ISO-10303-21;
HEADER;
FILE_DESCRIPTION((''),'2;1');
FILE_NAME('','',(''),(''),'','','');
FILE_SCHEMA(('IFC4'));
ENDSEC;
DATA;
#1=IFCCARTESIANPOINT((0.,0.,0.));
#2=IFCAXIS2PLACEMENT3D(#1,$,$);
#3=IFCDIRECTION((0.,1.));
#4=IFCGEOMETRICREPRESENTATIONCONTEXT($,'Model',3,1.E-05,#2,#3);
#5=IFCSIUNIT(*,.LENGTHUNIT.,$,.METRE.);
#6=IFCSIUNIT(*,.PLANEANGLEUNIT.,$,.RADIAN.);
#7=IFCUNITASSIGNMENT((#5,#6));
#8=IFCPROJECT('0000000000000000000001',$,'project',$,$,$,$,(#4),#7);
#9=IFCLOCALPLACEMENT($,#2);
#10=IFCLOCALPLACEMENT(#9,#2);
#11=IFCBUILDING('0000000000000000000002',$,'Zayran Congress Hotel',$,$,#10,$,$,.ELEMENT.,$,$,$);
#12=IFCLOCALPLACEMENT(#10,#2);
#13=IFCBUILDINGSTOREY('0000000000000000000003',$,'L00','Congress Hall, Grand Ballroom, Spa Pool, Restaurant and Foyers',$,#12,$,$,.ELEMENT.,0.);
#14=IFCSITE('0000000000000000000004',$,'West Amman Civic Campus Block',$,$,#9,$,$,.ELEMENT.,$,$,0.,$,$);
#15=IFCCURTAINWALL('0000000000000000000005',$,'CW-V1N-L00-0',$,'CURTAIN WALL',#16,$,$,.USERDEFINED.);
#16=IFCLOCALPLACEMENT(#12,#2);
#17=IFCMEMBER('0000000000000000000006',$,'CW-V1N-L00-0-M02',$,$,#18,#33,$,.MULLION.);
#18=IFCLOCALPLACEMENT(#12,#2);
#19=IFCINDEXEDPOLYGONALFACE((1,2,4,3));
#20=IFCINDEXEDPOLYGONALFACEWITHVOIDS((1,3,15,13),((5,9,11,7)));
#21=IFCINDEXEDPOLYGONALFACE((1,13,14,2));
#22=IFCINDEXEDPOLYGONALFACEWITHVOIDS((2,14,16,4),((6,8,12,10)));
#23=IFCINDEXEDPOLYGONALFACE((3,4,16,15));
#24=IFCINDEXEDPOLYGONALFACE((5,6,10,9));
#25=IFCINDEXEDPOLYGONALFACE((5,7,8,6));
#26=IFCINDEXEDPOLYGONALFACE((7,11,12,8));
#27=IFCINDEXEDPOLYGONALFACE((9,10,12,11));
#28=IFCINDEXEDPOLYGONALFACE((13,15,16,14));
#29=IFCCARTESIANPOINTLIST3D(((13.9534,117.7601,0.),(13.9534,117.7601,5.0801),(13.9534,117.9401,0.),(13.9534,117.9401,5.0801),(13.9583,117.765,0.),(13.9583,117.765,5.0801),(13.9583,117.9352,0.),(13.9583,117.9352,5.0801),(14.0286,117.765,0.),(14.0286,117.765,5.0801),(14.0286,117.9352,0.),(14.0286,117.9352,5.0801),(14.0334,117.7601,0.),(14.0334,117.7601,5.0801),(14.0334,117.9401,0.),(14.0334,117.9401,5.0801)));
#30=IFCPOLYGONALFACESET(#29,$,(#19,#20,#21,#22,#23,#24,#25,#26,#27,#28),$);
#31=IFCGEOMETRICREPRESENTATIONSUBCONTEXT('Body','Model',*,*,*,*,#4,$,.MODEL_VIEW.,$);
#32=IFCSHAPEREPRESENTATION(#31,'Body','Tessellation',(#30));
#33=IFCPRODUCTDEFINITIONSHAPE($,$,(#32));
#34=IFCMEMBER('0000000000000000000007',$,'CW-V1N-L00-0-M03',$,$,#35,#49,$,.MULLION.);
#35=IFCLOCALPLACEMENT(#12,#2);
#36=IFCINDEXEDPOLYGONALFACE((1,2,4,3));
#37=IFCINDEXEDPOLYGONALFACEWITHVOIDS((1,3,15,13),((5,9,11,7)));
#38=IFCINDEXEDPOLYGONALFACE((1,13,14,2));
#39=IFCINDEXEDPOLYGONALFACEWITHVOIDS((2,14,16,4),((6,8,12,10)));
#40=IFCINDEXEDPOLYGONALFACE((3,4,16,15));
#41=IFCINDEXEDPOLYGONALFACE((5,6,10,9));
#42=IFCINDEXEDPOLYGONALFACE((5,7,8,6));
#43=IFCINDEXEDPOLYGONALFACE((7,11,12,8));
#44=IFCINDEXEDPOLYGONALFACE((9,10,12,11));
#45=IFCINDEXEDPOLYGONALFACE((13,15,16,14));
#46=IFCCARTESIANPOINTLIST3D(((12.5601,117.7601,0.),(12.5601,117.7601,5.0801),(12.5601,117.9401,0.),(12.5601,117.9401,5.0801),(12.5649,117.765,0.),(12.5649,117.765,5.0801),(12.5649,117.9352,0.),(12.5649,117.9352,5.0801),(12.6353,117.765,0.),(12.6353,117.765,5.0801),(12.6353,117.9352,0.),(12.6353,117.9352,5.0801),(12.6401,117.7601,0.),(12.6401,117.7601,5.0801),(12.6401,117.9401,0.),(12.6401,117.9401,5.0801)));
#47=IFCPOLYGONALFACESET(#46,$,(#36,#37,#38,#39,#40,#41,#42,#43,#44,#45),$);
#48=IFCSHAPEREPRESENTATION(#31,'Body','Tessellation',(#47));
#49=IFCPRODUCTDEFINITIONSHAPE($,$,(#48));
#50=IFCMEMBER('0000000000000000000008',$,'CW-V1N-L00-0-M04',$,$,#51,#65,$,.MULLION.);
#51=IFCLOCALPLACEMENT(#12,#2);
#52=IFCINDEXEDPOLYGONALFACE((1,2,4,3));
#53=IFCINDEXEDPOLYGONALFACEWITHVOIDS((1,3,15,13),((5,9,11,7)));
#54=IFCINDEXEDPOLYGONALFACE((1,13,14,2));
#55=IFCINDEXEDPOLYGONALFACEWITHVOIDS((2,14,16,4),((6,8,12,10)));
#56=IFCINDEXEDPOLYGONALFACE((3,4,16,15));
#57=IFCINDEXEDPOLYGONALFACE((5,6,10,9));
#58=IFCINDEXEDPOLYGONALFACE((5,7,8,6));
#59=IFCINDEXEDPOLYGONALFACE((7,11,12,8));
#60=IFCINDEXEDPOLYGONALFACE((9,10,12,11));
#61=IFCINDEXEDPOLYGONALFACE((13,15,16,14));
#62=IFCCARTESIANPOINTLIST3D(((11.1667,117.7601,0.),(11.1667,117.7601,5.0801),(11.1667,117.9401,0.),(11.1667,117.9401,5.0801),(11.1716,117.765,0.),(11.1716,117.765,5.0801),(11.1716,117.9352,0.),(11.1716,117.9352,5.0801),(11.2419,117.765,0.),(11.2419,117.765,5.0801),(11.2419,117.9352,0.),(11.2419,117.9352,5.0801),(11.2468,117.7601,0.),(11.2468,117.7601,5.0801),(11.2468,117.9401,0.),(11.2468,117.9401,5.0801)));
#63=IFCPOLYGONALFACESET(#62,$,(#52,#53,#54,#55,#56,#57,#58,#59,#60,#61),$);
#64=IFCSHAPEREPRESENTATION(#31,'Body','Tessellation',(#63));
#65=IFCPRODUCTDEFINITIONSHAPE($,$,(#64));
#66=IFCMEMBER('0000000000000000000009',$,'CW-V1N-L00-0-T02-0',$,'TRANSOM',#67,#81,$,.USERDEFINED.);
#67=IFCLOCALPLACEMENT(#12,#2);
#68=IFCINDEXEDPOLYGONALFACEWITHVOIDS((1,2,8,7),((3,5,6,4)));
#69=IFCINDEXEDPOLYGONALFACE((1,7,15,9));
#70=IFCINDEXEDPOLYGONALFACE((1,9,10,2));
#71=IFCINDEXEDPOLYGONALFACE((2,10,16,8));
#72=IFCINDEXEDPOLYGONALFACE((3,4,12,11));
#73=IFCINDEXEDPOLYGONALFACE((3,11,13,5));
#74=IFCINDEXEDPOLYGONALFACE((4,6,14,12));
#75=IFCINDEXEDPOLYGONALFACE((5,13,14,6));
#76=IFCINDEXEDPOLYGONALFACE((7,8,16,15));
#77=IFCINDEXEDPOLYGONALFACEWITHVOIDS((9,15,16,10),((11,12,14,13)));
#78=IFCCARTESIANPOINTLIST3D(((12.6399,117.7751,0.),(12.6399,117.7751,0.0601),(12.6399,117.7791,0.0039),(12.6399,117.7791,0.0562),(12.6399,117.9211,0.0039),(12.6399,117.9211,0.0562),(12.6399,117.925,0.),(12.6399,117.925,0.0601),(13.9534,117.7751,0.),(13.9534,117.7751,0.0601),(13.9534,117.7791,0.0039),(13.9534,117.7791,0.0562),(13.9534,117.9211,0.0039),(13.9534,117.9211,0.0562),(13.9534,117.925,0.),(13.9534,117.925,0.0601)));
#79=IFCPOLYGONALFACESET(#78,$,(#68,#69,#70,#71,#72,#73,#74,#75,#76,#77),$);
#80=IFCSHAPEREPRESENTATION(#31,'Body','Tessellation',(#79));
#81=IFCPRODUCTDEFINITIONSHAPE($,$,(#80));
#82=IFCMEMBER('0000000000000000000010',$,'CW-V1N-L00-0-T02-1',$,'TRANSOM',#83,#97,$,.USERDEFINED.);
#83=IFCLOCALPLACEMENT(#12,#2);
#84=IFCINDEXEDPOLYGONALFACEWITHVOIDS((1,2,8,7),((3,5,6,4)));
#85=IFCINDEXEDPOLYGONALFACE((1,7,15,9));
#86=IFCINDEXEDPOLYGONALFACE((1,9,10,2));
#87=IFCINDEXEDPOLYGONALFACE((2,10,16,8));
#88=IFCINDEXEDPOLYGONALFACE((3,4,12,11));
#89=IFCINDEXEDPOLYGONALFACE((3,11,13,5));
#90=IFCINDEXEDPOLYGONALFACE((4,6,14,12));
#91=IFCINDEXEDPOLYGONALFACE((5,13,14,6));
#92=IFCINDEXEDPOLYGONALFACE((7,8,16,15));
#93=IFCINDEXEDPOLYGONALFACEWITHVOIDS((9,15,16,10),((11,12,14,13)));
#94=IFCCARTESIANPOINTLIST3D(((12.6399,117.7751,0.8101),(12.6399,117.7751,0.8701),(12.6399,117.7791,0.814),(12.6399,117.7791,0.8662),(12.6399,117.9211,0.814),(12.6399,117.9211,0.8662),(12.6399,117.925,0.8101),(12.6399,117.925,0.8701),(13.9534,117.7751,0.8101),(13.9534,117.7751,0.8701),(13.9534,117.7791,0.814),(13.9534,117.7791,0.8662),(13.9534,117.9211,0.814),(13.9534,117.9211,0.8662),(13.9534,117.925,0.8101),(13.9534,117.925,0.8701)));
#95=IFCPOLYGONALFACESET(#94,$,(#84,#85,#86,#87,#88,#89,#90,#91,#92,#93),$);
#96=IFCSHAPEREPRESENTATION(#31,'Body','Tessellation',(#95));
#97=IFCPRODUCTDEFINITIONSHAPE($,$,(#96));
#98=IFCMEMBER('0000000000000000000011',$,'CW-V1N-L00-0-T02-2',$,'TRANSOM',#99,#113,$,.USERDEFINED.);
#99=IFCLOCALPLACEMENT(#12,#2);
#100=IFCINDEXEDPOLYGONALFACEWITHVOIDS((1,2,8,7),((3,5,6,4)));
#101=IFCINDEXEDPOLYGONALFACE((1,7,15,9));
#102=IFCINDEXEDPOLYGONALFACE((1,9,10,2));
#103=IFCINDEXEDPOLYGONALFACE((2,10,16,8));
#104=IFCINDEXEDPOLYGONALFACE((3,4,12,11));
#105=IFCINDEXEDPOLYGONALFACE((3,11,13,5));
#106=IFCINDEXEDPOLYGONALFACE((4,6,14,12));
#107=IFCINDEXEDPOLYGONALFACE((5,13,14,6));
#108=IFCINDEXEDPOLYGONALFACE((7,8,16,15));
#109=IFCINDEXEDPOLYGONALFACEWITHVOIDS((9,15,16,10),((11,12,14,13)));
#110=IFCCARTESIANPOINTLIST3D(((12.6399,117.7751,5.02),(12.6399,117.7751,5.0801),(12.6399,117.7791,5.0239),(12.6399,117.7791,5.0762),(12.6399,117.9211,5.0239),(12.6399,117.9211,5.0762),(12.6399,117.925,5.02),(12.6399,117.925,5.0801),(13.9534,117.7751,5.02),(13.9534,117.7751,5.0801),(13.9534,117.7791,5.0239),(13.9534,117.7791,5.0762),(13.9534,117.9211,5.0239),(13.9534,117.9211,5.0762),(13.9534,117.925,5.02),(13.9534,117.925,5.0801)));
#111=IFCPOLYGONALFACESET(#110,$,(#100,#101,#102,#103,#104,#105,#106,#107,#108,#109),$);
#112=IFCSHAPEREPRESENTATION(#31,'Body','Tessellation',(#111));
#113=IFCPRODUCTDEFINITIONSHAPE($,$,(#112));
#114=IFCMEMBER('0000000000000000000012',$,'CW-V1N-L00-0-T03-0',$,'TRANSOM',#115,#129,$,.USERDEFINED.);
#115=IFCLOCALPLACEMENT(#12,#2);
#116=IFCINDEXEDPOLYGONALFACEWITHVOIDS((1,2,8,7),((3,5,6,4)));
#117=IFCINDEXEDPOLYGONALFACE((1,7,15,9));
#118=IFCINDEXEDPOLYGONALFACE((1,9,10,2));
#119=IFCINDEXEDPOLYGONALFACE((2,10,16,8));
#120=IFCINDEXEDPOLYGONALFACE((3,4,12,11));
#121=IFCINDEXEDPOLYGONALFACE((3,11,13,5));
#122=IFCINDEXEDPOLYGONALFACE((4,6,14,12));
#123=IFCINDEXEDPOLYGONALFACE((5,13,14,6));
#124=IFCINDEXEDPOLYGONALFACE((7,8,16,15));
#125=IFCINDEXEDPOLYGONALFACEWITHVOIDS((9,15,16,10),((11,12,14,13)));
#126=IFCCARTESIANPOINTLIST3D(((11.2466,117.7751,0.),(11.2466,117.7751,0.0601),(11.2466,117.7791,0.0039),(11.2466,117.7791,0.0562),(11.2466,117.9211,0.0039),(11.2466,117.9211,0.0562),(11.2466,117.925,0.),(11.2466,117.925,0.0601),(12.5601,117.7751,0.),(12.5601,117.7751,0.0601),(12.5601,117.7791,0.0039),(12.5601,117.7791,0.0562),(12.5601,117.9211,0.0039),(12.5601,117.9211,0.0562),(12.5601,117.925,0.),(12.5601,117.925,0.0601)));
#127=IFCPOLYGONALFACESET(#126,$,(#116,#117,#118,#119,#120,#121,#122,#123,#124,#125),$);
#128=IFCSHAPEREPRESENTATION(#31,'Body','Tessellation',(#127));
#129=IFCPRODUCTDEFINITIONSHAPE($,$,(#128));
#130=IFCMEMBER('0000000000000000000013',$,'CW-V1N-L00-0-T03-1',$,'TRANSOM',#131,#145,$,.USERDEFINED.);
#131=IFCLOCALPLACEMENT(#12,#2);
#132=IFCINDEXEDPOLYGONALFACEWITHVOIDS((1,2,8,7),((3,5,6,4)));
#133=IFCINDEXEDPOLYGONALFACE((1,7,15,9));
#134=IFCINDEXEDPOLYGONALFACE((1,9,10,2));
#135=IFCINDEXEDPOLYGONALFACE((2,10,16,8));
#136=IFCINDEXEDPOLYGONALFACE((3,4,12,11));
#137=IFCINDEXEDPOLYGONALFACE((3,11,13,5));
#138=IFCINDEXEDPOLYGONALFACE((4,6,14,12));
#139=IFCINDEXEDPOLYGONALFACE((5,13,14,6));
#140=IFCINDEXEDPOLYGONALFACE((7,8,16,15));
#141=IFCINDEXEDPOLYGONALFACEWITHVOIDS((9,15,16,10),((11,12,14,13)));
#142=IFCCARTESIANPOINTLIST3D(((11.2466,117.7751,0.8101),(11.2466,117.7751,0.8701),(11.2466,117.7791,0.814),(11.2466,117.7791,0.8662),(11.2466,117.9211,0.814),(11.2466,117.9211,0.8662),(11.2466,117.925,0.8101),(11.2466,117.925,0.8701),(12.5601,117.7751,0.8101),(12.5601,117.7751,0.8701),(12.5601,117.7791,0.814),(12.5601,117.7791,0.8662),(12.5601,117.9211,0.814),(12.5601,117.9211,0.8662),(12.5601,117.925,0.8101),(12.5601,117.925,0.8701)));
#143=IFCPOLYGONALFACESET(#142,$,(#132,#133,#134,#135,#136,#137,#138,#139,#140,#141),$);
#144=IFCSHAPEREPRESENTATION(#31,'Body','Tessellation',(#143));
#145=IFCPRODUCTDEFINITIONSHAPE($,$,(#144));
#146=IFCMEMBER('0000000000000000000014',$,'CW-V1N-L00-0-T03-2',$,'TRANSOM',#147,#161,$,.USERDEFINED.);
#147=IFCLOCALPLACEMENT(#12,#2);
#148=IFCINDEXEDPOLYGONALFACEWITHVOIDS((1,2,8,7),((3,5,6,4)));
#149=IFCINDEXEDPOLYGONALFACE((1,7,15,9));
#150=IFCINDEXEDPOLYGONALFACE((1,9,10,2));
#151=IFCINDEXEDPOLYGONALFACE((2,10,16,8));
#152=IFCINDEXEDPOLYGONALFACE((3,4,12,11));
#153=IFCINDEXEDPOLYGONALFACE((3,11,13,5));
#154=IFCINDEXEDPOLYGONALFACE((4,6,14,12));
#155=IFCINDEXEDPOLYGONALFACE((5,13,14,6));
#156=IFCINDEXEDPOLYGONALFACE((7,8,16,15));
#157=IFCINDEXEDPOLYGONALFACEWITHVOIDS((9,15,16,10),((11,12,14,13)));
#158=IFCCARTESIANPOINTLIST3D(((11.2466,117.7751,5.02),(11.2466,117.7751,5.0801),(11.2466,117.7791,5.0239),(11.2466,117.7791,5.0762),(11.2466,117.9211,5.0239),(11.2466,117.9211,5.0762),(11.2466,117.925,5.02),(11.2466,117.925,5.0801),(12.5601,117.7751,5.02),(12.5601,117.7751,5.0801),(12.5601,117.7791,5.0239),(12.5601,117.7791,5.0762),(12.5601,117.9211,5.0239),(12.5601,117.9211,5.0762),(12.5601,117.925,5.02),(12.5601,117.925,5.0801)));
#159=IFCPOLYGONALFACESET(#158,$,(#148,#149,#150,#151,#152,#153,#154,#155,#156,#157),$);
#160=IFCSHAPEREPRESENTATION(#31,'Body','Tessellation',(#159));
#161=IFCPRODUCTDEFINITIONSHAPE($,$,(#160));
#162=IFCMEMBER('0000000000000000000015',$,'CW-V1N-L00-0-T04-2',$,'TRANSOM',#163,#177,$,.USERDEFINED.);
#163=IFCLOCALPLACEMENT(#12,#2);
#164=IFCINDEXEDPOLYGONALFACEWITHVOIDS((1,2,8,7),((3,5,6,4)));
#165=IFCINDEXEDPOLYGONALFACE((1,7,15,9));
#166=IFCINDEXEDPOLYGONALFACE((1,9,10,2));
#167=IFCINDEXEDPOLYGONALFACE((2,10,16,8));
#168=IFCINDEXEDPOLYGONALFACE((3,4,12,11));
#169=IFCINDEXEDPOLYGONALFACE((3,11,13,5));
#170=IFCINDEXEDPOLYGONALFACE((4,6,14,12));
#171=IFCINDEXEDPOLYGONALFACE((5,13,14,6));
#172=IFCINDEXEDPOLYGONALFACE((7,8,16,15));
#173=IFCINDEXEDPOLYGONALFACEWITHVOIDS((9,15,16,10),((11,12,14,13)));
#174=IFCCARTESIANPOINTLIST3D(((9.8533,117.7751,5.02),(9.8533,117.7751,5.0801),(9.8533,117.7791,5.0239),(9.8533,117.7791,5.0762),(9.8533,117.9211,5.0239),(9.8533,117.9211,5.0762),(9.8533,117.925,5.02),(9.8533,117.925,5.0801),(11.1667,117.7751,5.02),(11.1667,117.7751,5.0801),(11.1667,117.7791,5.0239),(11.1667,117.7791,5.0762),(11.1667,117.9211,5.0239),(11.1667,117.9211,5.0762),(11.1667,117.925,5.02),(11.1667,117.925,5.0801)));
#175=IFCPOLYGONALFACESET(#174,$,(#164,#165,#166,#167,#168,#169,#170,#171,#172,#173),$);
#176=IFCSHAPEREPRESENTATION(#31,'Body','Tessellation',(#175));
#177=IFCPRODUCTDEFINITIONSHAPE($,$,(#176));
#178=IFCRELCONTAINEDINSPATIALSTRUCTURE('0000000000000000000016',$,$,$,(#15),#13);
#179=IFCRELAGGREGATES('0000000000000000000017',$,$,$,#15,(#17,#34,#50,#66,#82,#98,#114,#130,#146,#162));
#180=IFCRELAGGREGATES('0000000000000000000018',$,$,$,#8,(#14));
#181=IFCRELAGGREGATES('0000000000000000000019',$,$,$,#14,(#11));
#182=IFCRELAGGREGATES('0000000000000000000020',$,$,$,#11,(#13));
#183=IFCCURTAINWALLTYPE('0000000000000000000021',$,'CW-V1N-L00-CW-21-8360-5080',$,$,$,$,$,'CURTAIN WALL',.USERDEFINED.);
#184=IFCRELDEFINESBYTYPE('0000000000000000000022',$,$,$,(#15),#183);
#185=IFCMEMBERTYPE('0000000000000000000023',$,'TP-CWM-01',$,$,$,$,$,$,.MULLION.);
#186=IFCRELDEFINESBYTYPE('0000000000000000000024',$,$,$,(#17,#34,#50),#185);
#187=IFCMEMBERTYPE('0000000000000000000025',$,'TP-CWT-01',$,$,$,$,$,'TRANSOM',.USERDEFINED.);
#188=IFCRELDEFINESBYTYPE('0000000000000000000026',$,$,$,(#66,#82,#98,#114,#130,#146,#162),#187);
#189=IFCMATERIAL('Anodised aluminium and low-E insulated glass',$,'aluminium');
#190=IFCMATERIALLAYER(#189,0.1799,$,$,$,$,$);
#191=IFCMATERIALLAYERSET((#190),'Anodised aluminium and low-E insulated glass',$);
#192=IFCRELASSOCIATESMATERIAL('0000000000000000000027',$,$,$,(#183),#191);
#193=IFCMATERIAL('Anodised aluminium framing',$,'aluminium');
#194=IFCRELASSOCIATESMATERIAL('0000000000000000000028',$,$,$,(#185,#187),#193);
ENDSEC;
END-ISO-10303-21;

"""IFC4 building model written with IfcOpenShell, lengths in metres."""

from ifc_helpers import new_model, si_unit, direction, frame, origin, origin_2d, place, context, subcontext, project, spatial, hollow_rectangle, extrude, material, layer, layer_set, material_profile, profile_set, type_object, element, aggregate, save


model = new_model("IFC4")

# Units and contexts
model_context = context("Model", 3, precision=1e-05, world=origin(), true_north=direction((0.0, 1.0)))
body_context = subcontext(model_context, "Body", "Model", "MODEL_VIEW")
ifc_project = project(units=[si_unit("LENGTHUNIT", "METRE"), si_unit("PLANEANGLEUNIT", "RADIAN")], contexts=[model_context])

# Site, building, storey
site_placement = place(None, origin())
site = spatial("IfcSite", under=ifc_project, at=site_placement, Name="West Amman Civic Campus Block", CompositionType="ELEMENT", RefElevation=0.0)
building_placement = place(site_placement, origin())
building = spatial("IfcBuilding", under=site, at=building_placement, Name="Zayran Congress Hotel", CompositionType="ELEMENT")
storey_placement = place(building_placement, origin())
storey = spatial("IfcBuildingStorey", under=building, at=storey_placement, Name="L00", Description="Congress Hall, Grand Ballroom, Spa Pool, Restaurant and Foyers", CompositionType="ELEMENT", Elevation=0.0)

# Curtain wall, members
ifc_material_1 = material(Name="Anodised aluminium and low-E insulated glass", Category="aluminium")
ifc_layer_1 = layer(ifc_material_1, 0.1799)
ifc_layer_set_1 = layer_set([ifc_layer_1], Name="Anodised aluminium and low-E insulated glass")
curtain_wall_type = type_object("IfcCurtainWallType", Name="CW-V1N-L00-CW-21-8360-5080", ElementType="CURTAIN WALL", PredefinedType="USERDEFINED", material=ifc_layer_set_1)
curtain_wall_placement = place(storey_placement, origin())
curtain_wall = element("IfcCurtainWall", 1, at=curtain_wall_placement, inside=storey, type_object=curtain_wall_type, Name="CW-V1N-L00-0", ObjectType="CURTAIN WALL", PredefinedType="USERDEFINED")
ifc_material_2 = material(Name="Anodised aluminium framing", Category="aluminium")
ifc_material_profile_1 = material_profile(ifc_material_2, hollow_rectangle(XDim=0.0801, YDim=0.1799, WallThickness=0.0049, at=origin_2d()), Name="RHS 180x80x5")
ifc_profile_set_1 = profile_set([ifc_material_profile_1], Name="Anodised aluminium framing")
member_type_1 = type_object("IfcMemberType", Name="TP-CWM-01", PredefinedType="MULLION", material=ifc_profile_set_1)
member_1_placement = place(storey_placement, frame((13.9934, 117.8501, 0.0), z_axis=(0.0, 0.0, 1.0), x_axis=(1.0, 0.0, 0.0)))
member_1 = element("IfcMember", 2, at=member_1_placement, type_object=member_type_1, Name="CW-V1N-L00-0-M02", PredefinedType="MULLION", context=body_context, shape_type="SweptSolid", body=[
    extrude(hollow_rectangle(XDim=0.0801, YDim=0.1799, WallThickness=0.0049, at=origin_2d()), origin(), (0.0, 0.0, 1.0), 5.0801),
])
member_2_placement = place(storey_placement, frame((12.6001, 117.8501, 0.0), z_axis=(0.0, 0.0, 1.0), x_axis=(1.0, 0.0, 0.0)))
member_2 = element("IfcMember", 3, at=member_2_placement, type_object=member_type_1, Name="CW-V1N-L00-0-M03", PredefinedType="MULLION", context=body_context, shape_type="SweptSolid", body=[
    extrude(hollow_rectangle(XDim=0.0801, YDim=0.1799, WallThickness=0.0049, at=origin_2d()), origin(), (0.0, 0.0, 1.0), 5.0801),
])
member_3_placement = place(storey_placement, frame((11.2068, 117.8501, 0.0), z_axis=(0.0, 0.0, 1.0), x_axis=(1.0, 0.0, 0.0)))
member_3 = element("IfcMember", 4, at=member_3_placement, type_object=member_type_1, Name="CW-V1N-L00-0-M04", PredefinedType="MULLION", context=body_context, shape_type="SweptSolid", body=[
    extrude(hollow_rectangle(XDim=0.0801, YDim=0.1799, WallThickness=0.0049, at=origin_2d()), origin(), (0.0, 0.0, 1.0), 5.0801),
])
ifc_material_profile_2 = material_profile(ifc_material_2, hollow_rectangle(XDim=0.0601, YDim=0.1499, WallThickness=0.0039, at=origin_2d()), Name="RHS 150x60x4")
ifc_profile_set_2 = profile_set([ifc_material_profile_2], Name="Anodised aluminium framing")
member_type_2 = type_object("IfcMemberType", Name="TP-CWT-01", ElementType="TRANSOM", PredefinedType="USERDEFINED", material=ifc_profile_set_2)
member_4_placement = place(storey_placement, frame((13.9534, 117.8501, 0.03), z_axis=(-1.0, 0.0, 0.0), x_axis=(0.0, 0.0, 1.0)))
member_4 = element("IfcMember", 5, at=member_4_placement, type_object=member_type_2, Name="CW-V1N-L00-0-T02-0", ObjectType="TRANSOM", PredefinedType="USERDEFINED", context=body_context, shape_type="SweptSolid", body=[
    extrude(hollow_rectangle(XDim=0.0601, YDim=0.1499, WallThickness=0.0039, at=origin_2d()), origin(), (0.0, 0.0, 1.0), 1.3135),
])
member_5_placement = place(storey_placement, frame((13.9534, 117.8501, 0.8401), z_axis=(-1.0, 0.0, 0.0), x_axis=(0.0, 0.0, 1.0)))
member_5 = element("IfcMember", 6, at=member_5_placement, type_object=member_type_2, Name="CW-V1N-L00-0-T02-1", ObjectType="TRANSOM", PredefinedType="USERDEFINED", context=body_context, shape_type="SweptSolid", body=[
    extrude(hollow_rectangle(XDim=0.0601, YDim=0.1499, WallThickness=0.0039, at=origin_2d()), origin(), (0.0, 0.0, 1.0), 1.3135),
])
member_6_placement = place(storey_placement, frame((13.9534, 117.8501, 5.05), z_axis=(-1.0, 0.0, 0.0), x_axis=(0.0, 0.0, 1.0)))
member_6 = element("IfcMember", 7, at=member_6_placement, type_object=member_type_2, Name="CW-V1N-L00-0-T02-2", ObjectType="TRANSOM", PredefinedType="USERDEFINED", context=body_context, shape_type="SweptSolid", body=[
    extrude(hollow_rectangle(XDim=0.0601, YDim=0.1499, WallThickness=0.0039, at=origin_2d()), origin(), (0.0, 0.0, 1.0), 1.3135),
])
member_7_placement = place(storey_placement, frame((12.5601, 117.8501, 0.03), z_axis=(-1.0, 0.0, 0.0), x_axis=(0.0, 0.0, 1.0)))
member_7 = element("IfcMember", 8, at=member_7_placement, type_object=member_type_2, Name="CW-V1N-L00-0-T03-0", ObjectType="TRANSOM", PredefinedType="USERDEFINED", context=body_context, shape_type="SweptSolid", body=[
    extrude(hollow_rectangle(XDim=0.0601, YDim=0.1499, WallThickness=0.0039, at=origin_2d()), origin(), (0.0, 0.0, 1.0), 1.3135),
])
member_8_placement = place(storey_placement, frame((12.5601, 117.8501, 0.8401), z_axis=(-1.0, 0.0, 0.0), x_axis=(0.0, 0.0, 1.0)))
member_8 = element("IfcMember", 9, at=member_8_placement, type_object=member_type_2, Name="CW-V1N-L00-0-T03-1", ObjectType="TRANSOM", PredefinedType="USERDEFINED", context=body_context, shape_type="SweptSolid", body=[
    extrude(hollow_rectangle(XDim=0.0601, YDim=0.1499, WallThickness=0.0039, at=origin_2d()), origin(), (0.0, 0.0, 1.0), 1.3135),
])
member_9_placement = place(storey_placement, frame((12.5601, 117.8501, 5.05), z_axis=(-1.0, 0.0, 0.0), x_axis=(0.0, 0.0, 1.0)))
member_9 = element("IfcMember", 10, at=member_9_placement, type_object=member_type_2, Name="CW-V1N-L00-0-T03-2", ObjectType="TRANSOM", PredefinedType="USERDEFINED", context=body_context, shape_type="SweptSolid", body=[
    extrude(hollow_rectangle(XDim=0.0601, YDim=0.1499, WallThickness=0.0039, at=origin_2d()), origin(), (0.0, 0.0, 1.0), 1.3135),
])
member_10_placement = place(storey_placement, frame((11.1667, 117.8501, 5.05), z_axis=(-1.0, 0.0, 0.0), x_axis=(0.0, 0.0, 1.0)))
member_10 = element("IfcMember", 11, at=member_10_placement, type_object=member_type_2, Name="CW-V1N-L00-0-T04-2", ObjectType="TRANSOM", PredefinedType="USERDEFINED", context=body_context, shape_type="SweptSolid", body=[
    extrude(hollow_rectangle(XDim=0.0601, YDim=0.1499, WallThickness=0.0039, at=origin_2d()), origin(), (0.0, 0.0, 1.0), 1.3135),
])
aggregate(curtain_wall, [member_1, member_2, member_3, member_4, member_5, member_6, member_7, member_8, member_9, member_10])

save(model, "model.ifc")
